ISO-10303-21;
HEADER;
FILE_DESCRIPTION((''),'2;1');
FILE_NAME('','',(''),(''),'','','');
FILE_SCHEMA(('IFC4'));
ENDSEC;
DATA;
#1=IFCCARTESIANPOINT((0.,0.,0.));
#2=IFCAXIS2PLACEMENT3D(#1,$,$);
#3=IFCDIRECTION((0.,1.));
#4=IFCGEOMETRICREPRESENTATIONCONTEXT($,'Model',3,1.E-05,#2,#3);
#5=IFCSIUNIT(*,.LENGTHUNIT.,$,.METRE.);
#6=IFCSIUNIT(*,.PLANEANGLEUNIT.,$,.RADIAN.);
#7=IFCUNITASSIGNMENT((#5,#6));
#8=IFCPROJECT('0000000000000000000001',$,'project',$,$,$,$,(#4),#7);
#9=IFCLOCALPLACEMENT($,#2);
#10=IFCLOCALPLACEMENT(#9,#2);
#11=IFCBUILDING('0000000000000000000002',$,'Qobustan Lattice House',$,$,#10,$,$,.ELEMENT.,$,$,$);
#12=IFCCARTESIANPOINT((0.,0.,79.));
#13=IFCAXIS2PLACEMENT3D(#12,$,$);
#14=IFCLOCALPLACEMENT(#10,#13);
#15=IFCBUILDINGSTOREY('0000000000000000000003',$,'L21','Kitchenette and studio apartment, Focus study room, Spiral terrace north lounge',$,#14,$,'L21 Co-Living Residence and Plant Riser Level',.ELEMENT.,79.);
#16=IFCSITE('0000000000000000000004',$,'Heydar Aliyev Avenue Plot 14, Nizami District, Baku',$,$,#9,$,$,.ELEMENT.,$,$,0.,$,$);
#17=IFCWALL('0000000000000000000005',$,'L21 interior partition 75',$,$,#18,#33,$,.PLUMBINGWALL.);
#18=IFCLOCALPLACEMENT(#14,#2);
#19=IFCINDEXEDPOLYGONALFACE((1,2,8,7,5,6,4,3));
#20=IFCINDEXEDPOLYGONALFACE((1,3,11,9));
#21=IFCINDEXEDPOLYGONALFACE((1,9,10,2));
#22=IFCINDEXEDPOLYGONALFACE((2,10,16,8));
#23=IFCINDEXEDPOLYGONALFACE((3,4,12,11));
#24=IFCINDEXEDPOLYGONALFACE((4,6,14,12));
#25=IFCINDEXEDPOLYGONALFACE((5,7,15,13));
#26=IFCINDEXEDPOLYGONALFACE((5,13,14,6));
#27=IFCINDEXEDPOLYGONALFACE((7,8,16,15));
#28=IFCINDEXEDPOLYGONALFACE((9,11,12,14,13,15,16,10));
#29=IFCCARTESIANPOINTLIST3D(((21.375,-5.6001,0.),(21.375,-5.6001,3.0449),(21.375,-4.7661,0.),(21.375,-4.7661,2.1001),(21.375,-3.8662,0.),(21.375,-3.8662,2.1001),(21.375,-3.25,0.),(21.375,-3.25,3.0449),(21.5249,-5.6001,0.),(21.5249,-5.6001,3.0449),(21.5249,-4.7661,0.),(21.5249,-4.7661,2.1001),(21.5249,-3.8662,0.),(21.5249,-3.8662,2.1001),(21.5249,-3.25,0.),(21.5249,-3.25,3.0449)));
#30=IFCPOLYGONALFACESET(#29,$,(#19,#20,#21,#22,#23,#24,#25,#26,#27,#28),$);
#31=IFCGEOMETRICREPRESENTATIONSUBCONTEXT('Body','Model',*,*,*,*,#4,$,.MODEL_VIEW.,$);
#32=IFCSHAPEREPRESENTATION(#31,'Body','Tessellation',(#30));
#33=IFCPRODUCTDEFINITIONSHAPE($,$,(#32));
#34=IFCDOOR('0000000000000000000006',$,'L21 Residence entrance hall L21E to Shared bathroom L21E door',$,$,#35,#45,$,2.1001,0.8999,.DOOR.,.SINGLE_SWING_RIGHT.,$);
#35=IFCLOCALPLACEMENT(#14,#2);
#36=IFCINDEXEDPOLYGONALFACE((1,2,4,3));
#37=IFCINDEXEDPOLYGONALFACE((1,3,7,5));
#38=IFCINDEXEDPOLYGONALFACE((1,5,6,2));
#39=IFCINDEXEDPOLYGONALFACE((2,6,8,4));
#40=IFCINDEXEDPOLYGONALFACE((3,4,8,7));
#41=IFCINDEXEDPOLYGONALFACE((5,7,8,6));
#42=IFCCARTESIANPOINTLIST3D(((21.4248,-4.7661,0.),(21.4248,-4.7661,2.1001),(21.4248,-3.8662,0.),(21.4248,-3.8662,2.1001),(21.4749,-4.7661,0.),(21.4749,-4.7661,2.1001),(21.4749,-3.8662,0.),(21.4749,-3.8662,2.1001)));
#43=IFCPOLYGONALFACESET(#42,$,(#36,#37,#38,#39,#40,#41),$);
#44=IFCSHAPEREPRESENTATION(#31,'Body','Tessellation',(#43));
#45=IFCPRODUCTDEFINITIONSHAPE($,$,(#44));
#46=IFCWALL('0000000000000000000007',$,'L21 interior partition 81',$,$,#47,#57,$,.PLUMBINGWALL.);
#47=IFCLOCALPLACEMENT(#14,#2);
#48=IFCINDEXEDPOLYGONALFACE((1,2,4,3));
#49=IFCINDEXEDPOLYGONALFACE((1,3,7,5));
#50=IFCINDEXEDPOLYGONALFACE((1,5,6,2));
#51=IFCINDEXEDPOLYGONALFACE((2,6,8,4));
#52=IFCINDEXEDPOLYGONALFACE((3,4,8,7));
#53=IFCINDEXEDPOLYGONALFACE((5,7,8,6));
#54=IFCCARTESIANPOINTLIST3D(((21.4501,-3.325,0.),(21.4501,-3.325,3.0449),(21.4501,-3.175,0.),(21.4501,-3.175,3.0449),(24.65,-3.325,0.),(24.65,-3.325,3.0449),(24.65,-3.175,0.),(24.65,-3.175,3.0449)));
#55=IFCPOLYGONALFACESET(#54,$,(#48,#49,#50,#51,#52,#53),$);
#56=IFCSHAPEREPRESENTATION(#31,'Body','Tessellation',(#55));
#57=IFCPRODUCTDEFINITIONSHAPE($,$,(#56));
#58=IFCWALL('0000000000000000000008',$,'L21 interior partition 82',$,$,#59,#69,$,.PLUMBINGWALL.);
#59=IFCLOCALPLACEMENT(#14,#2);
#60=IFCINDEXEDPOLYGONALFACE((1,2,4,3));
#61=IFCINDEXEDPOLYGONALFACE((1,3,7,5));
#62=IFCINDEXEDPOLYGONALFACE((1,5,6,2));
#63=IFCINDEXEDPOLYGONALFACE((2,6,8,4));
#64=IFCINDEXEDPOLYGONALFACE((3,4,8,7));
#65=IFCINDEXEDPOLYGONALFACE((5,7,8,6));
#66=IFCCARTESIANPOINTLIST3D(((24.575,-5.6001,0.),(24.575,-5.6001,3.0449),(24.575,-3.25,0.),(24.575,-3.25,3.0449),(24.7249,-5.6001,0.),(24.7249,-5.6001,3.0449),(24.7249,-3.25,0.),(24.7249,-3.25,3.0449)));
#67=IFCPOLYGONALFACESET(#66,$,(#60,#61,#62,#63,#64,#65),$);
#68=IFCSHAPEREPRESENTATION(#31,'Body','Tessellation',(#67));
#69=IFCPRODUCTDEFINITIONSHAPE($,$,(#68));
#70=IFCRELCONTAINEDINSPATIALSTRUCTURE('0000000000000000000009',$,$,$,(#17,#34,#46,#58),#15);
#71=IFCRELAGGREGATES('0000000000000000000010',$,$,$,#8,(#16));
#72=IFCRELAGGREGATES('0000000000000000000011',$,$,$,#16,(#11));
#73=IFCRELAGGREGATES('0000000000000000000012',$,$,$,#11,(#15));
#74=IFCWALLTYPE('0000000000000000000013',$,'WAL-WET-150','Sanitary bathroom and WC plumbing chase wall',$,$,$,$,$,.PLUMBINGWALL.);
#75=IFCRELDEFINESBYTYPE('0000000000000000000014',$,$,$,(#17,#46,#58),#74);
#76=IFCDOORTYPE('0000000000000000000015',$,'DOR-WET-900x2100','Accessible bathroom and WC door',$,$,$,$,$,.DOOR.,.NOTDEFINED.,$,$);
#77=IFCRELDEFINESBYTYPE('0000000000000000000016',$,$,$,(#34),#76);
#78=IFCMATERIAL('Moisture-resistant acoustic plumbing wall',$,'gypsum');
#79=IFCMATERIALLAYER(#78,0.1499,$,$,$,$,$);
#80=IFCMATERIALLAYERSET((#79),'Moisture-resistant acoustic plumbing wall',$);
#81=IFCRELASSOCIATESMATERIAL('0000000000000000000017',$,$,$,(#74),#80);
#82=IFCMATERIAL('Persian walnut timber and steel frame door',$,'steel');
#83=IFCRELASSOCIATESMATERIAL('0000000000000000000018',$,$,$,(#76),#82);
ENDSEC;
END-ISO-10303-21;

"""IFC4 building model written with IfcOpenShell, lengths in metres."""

from ifc_helpers import new_model, si_unit, direction, frame, frame_2d, origin, place, context, subcontext, project, spatial, rectangle, extrude, material, layer, layer_set, type_object, element, fill, save


model = new_model("IFC4")

# Units and contexts
model_context = context("Model", 3, precision=1e-05, world=origin(), true_north=direction((0.0, 1.0)))
body_context = subcontext(model_context, "Body", "Model", "MODEL_VIEW")
ifc_project = project(units=[si_unit("LENGTHUNIT", "METRE"), si_unit("PLANEANGLEUNIT", "RADIAN")], contexts=[model_context])

# Site, building, storey
site_placement = place(None, origin())
site = spatial("IfcSite", under=ifc_project, at=site_placement, Name="Heydar Aliyev Avenue Plot 14, Nizami District, Baku", CompositionType="ELEMENT", RefElevation=0.0)
building_placement = place(site_placement, origin())
building = spatial("IfcBuilding", under=site, at=building_placement, Name="Qobustan Lattice House", CompositionType="ELEMENT")
storey_placement = place(building_placement, frame((0.0, 0.0, 79.0)))
storey = spatial("IfcBuildingStorey", under=building, at=storey_placement, Name="L21", Description="Kitchenette and studio apartment, Focus study room, Spiral terrace north lounge", LongName="L21 Co-Living Residence and Plant Riser Level", CompositionType="ELEMENT", Elevation=79.0)

# Shared definitions
ifc_material_1 = material(Name="Moisture-resistant acoustic plumbing wall", Category="gypsum")
ifc_layer_1 = layer(ifc_material_1, 0.1499)
ifc_layer_set_1 = layer_set([ifc_layer_1], Name="Moisture-resistant acoustic plumbing wall")
wall_type_1 = type_object("IfcWallType", Name="WAL-WET-150", Description="Sanitary bathroom and WC plumbing chase wall", PredefinedType="PLUMBINGWALL", material=ifc_layer_set_1)

# Wall, opening, door
wall_1_placement = place(storey_placement, frame((21.45, -3.25, 0.0), z_axis=(0.0, 0.0, 1.0), x_axis=(0.0, -1.0, 0.0)))
wall_1 = element("IfcWall", 1, at=wall_1_placement, inside=storey, type_object=wall_type_1, Name="L21 interior partition 75", PredefinedType="PLUMBINGWALL", context=body_context, shape_type="SweptSolid", body=[
    extrude(rectangle(XDim=2.3501, YDim=0.1499, at=frame_2d((1.175, 0.0))), origin(), (0.0, 0.0, 1.0), 3.0449),
])
opening_1_placement = place(wall_1_placement, frame((0.6162, 0.0, 0.0)))
opening_1 = element("IfcOpeningElement", 2, at=opening_1_placement, cuts=wall_1, PredefinedType="OPENING", context=body_context, shape_type="SweptSolid", body=[
    extrude(rectangle(XDim=0.8999, YDim=2.1001, at=frame_2d((0.45, 1.05))), frame((0.0, 0.085, 0.0), z_axis=(0.0, -1.0, 0.0), x_axis=(1.0, 0.0, 0.0)), (0.0, 0.0, 1.0), 0.1699),
])
ifc_material_2 = material(Name="Persian walnut timber and steel frame door", Category="steel")
door_type_1 = type_object("IfcDoorType", Name="DOR-WET-900x2100", Description="Accessible bathroom and WC door", OperationType="NOTDEFINED", PredefinedType="DOOR", material=ifc_material_2)
door_1_placement = place(opening_1_placement, origin())
door_1 = element("IfcDoor", 3, at=door_1_placement, inside=storey, type_object=door_type_1, Name="L21 Residence entrance hall L21E to Shared bathroom L21E door", OperationType="SINGLE_SWING_RIGHT", OverallHeight=2.1001, OverallWidth=0.8999, PredefinedType="DOOR", context=body_context, shape_type="SweptSolid", body=[
    extrude(rectangle(XDim=0.8999, YDim=2.1001, at=frame_2d((0.45, 1.05))), frame((0.0, 0.0249, 0.0), z_axis=(0.0, -1.0, 0.0), x_axis=(1.0, 0.0, 0.0)), (0.0, 0.0, 1.0), 0.05),
])
fill(opening_1, door_1)

# Walls
wall_2_placement = place(storey_placement, frame((21.45, -3.25, 0.0), z_axis=(0.0, 0.0, 1.0), x_axis=(1.0, 0.0, 0.0)))
element("IfcWall", 4, at=wall_2_placement, inside=storey, type_object=wall_type_1, Name="L21 interior partition 81", PredefinedType="PLUMBINGWALL", context=body_context, shape_type="SweptSolid", body=[
    extrude(rectangle(XDim=3.2, YDim=0.1499, at=frame_2d((1.6001, 0.0))), origin(), (0.0, 0.0, 1.0), 3.0449),
])
wall_3_placement = place(storey_placement, frame((24.6499, -3.25, 0.0), z_axis=(0.0, 0.0, 1.0), x_axis=(0.0, -1.0, 0.0)))
element("IfcWall", 5, at=wall_3_placement, inside=storey, type_object=wall_type_1, Name="L21 interior partition 82", PredefinedType="PLUMBINGWALL", context=body_context, shape_type="SweptSolid", body=[
    extrude(rectangle(XDim=2.3501, YDim=0.1499, at=frame_2d((1.175, 0.0))), origin(), (0.0, 0.0, 1.0), 3.0449),
])

save(model, "model.ifc")
